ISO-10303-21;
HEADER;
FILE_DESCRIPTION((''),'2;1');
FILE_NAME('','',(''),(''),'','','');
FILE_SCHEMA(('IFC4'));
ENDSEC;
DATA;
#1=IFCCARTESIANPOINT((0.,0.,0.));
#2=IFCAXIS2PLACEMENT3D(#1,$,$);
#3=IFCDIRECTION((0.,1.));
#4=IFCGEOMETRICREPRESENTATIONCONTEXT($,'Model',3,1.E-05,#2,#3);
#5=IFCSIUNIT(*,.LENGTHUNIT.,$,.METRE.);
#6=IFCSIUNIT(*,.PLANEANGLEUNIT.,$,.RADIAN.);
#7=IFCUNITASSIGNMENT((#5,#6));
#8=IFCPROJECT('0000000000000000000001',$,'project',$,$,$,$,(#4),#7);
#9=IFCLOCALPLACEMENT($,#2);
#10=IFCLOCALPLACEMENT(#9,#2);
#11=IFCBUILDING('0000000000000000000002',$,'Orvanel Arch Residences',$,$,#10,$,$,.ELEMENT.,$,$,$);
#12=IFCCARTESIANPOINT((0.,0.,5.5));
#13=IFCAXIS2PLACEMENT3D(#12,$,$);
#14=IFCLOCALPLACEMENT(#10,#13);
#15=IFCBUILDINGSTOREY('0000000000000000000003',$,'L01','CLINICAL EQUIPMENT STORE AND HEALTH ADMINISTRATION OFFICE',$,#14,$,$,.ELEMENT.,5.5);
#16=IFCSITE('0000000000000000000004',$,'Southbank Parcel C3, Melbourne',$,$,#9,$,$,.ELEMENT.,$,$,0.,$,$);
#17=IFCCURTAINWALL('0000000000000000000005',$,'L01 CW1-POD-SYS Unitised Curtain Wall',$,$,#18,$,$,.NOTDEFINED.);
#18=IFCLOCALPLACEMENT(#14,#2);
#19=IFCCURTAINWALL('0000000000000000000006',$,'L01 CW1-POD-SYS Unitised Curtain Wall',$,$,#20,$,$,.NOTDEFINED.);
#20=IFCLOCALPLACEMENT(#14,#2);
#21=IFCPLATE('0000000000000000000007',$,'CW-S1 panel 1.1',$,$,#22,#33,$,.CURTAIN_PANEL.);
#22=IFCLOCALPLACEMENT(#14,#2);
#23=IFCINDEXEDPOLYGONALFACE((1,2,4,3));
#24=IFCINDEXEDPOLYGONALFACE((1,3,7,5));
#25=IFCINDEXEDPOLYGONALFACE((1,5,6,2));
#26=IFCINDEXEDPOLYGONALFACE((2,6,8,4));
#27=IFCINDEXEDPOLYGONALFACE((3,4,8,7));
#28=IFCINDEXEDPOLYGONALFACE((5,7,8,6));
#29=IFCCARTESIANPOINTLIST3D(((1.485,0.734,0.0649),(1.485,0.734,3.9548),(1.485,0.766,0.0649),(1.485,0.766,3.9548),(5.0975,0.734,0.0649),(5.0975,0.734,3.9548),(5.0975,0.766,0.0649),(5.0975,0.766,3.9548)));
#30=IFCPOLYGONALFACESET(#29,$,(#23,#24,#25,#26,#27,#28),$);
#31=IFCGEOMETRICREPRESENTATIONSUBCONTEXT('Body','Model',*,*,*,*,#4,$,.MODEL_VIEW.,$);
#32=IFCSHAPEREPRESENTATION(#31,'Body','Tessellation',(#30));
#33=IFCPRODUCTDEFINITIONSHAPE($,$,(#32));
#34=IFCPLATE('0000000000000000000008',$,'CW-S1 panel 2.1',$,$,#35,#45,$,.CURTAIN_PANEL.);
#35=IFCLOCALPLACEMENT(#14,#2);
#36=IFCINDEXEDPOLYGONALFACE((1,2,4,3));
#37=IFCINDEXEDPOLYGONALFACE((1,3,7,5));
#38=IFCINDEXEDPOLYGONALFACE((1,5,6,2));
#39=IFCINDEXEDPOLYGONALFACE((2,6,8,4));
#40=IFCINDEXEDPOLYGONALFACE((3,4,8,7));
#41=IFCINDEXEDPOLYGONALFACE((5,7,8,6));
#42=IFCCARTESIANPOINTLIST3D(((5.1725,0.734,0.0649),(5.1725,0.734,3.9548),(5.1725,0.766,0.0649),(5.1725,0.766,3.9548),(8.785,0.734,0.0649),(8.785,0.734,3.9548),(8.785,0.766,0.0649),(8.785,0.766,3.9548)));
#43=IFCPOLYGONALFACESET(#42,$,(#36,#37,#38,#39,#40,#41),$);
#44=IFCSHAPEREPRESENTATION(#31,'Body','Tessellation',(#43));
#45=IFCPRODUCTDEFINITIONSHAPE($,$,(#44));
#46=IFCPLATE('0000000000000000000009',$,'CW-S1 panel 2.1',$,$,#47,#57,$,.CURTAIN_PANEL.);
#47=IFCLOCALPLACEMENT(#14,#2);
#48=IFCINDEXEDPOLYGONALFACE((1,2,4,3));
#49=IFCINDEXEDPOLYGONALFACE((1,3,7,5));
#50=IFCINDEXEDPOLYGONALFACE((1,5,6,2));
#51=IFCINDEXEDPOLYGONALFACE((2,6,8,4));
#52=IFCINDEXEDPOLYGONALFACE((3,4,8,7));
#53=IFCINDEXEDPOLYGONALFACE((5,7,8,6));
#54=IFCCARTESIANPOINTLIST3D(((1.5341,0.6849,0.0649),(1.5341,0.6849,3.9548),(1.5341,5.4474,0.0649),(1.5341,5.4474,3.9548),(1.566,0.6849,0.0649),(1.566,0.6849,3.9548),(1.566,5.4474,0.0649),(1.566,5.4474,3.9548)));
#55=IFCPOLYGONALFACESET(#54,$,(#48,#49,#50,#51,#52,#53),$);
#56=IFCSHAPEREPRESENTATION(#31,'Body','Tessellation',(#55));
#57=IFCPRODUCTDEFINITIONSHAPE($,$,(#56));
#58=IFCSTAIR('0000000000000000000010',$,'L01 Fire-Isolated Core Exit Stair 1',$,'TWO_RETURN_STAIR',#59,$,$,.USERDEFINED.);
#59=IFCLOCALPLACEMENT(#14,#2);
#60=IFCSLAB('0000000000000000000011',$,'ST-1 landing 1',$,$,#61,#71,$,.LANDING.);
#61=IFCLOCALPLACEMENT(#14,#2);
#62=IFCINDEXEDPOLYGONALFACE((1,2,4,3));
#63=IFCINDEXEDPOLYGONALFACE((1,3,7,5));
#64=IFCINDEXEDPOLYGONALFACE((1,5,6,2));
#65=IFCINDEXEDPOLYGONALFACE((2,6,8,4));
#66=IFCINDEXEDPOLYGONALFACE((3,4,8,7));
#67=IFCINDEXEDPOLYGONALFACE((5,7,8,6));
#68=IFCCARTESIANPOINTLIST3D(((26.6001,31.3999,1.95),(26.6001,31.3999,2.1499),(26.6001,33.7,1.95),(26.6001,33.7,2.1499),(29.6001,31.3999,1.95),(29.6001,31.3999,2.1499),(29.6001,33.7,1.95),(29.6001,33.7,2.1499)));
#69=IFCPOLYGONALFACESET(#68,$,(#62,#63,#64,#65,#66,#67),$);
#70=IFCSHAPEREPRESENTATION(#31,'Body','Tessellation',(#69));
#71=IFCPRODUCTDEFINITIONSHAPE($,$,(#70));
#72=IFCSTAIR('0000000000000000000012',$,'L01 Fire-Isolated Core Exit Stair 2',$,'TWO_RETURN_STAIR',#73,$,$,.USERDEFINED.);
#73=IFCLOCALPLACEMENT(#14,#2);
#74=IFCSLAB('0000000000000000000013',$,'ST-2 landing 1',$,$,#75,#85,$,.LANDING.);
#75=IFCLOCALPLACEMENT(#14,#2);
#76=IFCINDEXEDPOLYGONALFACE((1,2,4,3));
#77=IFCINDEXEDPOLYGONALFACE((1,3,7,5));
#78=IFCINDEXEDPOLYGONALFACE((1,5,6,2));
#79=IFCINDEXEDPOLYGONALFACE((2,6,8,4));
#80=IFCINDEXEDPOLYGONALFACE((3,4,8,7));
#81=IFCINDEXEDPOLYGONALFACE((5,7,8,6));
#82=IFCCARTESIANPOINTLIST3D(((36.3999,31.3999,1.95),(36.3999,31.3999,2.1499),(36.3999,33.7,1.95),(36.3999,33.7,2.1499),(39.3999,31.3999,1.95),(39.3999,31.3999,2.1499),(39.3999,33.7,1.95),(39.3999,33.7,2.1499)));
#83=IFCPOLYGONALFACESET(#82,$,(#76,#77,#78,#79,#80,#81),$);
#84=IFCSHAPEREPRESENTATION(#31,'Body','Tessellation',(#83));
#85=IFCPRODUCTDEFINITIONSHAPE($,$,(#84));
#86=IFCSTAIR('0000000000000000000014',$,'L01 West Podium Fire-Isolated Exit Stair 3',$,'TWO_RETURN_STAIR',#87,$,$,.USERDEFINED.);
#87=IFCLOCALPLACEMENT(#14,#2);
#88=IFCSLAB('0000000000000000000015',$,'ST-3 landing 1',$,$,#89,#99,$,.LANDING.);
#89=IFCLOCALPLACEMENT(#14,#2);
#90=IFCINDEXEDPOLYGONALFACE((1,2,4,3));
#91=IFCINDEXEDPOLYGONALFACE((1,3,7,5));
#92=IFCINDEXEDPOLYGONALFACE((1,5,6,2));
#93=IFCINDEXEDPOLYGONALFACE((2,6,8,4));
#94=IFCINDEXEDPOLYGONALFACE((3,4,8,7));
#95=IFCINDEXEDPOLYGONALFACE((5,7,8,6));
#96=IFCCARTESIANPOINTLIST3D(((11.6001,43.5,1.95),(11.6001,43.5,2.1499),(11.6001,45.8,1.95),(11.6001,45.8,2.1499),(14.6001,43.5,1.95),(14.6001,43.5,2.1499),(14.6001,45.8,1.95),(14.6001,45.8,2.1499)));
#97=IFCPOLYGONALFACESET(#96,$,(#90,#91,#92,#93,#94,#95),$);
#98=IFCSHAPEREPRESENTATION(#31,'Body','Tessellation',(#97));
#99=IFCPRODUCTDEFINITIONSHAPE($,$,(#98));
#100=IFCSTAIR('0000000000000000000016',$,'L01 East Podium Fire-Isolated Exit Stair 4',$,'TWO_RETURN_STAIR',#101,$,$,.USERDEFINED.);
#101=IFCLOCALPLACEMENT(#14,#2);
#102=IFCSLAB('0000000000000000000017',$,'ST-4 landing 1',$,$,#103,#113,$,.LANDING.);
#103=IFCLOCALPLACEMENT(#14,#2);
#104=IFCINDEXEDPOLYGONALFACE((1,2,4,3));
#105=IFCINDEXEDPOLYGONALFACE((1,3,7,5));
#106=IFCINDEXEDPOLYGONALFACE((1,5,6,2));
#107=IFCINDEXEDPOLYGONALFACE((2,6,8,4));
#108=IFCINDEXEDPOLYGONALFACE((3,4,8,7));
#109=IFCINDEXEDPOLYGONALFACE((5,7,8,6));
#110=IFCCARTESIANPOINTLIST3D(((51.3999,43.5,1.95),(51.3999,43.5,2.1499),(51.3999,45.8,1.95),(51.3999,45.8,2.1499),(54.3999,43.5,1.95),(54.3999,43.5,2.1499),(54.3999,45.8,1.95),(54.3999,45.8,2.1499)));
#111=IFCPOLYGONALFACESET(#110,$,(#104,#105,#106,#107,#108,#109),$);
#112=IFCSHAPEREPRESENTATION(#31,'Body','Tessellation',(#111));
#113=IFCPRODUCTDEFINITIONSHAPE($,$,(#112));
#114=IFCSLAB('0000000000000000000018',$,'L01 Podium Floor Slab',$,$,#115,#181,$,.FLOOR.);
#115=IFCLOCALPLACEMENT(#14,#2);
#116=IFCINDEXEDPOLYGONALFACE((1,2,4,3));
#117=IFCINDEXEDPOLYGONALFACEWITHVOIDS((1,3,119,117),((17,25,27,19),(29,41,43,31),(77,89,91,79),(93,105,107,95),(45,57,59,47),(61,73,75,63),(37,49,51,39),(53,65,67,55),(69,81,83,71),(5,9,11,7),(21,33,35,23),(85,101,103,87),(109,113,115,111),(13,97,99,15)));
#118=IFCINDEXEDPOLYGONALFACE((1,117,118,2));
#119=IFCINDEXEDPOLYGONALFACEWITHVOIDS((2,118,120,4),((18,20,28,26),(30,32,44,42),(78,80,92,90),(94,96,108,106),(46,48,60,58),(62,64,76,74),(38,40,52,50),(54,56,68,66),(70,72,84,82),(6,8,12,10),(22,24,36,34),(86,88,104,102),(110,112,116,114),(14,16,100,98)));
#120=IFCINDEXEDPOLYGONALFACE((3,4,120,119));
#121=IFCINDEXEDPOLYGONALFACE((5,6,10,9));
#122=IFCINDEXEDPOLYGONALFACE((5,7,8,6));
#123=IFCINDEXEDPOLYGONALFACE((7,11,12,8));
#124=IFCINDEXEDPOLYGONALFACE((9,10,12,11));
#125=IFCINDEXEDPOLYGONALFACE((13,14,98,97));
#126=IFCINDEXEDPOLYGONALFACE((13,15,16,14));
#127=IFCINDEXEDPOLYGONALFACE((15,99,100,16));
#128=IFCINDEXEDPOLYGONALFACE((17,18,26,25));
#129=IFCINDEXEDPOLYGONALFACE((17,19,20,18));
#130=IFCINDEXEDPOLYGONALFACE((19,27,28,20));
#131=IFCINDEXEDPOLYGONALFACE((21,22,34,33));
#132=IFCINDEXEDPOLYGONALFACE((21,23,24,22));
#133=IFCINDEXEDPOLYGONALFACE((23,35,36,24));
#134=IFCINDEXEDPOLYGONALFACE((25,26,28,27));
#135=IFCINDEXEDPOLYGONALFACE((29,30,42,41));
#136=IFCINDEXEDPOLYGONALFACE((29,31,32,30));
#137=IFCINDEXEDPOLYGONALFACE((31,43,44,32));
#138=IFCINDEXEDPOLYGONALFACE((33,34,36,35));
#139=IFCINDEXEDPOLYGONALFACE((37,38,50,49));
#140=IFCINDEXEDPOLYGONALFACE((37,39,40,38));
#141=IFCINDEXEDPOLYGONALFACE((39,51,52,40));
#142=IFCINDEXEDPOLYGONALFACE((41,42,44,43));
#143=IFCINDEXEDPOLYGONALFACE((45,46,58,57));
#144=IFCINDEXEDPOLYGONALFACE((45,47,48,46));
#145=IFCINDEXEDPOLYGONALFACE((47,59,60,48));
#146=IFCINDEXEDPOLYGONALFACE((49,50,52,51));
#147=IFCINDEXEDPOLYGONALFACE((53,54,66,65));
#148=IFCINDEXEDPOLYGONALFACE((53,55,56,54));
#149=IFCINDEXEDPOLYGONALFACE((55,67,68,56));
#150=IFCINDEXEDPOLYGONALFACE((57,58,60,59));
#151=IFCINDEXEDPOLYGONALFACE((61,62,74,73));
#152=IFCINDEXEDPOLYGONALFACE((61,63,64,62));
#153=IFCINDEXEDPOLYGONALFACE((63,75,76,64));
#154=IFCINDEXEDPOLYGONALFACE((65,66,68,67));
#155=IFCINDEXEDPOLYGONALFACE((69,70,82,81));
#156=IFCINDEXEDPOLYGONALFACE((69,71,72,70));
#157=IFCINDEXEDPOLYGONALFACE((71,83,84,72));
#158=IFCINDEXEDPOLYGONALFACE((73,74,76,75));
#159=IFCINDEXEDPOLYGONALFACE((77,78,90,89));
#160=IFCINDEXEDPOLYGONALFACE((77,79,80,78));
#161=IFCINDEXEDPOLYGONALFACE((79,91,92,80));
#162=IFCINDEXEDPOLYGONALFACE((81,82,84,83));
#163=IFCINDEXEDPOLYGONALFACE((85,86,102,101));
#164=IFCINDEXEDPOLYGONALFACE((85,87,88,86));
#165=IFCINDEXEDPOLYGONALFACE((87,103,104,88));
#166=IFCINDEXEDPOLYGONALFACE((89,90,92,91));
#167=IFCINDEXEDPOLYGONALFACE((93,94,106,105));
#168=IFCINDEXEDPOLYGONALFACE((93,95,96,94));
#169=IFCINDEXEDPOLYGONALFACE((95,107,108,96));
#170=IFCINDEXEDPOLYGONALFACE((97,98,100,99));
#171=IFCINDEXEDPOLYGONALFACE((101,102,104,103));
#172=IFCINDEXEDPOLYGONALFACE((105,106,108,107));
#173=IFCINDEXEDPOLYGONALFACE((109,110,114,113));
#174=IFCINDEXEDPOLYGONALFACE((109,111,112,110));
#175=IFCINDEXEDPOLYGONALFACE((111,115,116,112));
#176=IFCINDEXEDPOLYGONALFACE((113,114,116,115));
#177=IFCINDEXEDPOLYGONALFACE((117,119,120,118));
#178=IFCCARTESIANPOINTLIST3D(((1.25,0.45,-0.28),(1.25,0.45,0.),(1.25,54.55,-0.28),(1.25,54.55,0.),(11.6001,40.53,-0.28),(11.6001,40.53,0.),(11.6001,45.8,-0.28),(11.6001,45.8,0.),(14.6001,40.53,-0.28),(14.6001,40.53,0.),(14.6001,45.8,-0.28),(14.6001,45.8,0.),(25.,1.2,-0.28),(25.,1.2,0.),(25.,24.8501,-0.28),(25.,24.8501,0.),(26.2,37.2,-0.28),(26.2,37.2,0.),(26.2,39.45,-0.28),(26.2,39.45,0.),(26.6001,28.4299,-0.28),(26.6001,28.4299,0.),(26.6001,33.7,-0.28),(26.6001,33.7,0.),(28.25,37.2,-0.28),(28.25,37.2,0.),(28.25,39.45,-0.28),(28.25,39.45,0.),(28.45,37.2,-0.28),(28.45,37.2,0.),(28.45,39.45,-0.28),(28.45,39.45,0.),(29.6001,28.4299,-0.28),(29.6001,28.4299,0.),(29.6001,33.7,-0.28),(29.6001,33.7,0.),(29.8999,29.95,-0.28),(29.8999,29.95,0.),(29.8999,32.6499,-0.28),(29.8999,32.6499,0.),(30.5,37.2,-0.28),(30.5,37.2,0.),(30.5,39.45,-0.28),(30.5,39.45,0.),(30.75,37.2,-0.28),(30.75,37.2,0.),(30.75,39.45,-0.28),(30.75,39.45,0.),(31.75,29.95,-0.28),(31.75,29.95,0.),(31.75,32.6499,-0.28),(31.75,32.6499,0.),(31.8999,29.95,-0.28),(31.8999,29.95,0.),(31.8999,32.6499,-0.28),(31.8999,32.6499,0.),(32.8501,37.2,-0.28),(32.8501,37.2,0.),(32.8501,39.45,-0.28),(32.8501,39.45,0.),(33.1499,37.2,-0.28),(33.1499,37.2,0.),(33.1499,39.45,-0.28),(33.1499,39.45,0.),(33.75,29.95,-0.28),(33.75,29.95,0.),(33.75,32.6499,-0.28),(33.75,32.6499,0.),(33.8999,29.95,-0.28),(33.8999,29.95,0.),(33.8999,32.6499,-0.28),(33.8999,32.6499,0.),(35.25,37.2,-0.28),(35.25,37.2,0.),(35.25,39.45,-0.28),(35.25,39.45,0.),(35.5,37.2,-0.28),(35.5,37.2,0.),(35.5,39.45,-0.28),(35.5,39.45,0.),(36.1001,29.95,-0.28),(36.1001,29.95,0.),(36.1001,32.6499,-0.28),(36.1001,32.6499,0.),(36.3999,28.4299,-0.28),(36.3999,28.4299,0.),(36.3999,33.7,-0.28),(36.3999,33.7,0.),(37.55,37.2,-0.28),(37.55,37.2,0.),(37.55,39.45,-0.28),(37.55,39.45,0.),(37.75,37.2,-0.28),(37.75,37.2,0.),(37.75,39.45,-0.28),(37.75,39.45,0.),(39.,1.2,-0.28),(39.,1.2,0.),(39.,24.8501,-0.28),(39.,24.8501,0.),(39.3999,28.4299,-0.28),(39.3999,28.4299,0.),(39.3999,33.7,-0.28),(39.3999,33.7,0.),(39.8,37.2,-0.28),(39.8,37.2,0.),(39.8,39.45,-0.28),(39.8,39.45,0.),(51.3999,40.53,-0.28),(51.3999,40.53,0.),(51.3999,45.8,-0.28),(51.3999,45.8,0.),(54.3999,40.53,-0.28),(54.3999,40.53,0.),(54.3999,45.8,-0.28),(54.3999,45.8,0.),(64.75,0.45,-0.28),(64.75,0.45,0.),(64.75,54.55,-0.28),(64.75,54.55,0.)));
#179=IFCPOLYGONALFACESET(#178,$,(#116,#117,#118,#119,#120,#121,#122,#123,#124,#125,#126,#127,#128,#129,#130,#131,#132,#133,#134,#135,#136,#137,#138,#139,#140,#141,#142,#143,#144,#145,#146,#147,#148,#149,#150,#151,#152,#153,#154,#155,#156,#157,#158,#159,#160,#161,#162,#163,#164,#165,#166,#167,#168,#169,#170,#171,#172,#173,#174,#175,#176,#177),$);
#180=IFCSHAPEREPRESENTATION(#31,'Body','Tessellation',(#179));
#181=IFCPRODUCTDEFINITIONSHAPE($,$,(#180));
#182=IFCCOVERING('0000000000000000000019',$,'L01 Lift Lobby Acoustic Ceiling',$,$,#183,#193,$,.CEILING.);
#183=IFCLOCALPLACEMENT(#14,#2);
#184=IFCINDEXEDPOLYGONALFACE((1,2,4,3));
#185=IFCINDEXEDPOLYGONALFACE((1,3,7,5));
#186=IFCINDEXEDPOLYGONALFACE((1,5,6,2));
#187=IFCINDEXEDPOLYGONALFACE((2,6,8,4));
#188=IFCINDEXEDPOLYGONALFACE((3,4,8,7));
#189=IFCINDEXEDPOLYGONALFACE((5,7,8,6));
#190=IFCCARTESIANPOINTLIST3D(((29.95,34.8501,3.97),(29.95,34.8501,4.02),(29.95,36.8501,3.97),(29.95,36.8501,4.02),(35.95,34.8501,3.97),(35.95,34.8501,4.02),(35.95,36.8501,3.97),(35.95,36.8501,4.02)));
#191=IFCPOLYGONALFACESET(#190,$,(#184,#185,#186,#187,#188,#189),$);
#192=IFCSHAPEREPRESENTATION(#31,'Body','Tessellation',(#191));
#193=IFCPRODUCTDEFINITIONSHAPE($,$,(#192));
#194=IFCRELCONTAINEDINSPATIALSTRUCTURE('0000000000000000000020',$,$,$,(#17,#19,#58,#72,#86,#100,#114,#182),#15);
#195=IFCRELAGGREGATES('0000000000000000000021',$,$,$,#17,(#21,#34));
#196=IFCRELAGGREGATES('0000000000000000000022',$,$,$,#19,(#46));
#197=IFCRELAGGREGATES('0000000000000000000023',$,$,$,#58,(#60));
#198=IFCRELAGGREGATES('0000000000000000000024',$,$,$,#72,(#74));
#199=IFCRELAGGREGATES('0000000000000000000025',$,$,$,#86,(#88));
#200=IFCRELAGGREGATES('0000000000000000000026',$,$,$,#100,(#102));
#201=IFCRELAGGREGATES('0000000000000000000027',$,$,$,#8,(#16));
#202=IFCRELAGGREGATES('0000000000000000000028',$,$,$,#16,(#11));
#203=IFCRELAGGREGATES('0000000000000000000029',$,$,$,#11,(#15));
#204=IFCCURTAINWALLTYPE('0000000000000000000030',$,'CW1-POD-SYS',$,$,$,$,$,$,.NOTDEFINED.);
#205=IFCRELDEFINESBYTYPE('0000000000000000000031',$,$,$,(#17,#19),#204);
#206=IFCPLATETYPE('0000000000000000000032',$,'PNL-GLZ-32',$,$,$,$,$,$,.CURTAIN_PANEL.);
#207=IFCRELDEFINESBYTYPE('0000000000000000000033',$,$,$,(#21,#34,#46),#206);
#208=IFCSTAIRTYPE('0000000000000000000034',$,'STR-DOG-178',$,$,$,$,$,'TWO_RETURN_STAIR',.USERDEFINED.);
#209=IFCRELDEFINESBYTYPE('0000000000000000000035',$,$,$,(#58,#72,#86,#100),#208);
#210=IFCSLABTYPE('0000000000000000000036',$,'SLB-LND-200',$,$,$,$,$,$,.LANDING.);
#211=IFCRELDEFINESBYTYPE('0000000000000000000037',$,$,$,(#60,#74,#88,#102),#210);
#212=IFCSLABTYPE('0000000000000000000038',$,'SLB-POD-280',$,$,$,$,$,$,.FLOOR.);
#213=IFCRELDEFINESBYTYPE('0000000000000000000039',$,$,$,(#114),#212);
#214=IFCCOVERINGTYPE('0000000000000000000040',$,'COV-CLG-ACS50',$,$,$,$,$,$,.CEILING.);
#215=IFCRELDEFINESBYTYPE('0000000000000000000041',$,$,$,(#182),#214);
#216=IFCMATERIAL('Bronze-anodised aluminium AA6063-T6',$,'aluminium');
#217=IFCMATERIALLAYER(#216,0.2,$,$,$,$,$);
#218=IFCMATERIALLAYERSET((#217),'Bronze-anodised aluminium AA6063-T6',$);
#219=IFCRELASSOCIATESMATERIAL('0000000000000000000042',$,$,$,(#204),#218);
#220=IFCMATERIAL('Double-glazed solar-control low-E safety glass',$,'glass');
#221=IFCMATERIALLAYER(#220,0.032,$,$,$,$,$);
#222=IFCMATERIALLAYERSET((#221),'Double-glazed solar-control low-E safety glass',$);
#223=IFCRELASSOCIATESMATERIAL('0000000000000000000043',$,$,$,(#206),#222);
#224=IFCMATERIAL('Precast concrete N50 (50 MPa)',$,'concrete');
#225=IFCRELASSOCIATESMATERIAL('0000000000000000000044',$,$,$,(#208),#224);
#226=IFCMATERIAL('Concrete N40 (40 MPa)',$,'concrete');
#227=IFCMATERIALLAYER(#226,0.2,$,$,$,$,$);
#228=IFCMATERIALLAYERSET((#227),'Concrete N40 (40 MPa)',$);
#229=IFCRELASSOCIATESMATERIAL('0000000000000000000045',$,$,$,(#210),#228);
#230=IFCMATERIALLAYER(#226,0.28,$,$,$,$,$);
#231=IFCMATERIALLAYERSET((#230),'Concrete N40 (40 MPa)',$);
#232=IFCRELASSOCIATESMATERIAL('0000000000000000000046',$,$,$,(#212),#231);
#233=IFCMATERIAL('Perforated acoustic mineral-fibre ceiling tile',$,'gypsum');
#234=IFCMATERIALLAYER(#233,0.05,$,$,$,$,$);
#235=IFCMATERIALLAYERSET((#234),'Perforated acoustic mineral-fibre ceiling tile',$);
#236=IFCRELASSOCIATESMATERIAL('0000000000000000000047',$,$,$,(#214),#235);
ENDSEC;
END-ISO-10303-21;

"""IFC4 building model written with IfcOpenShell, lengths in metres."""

from ifc_helpers import new_model, si_unit, direction, frame, origin, origin_2d, place, context, subcontext, project, spatial, polyline, rectangle, outline, extrude, material, layer, layer_set, type_object, element, aggregate, save


model = new_model("IFC4")

# Units and contexts
model_context = context("Model", 3, precision=1e-05, world=origin(), true_north=direction((0.0, 1.0)))
body_context = subcontext(model_context, "Body", "Model", "MODEL_VIEW")
ifc_project = project(units=[si_unit("LENGTHUNIT", "METRE"), si_unit("PLANEANGLEUNIT", "RADIAN")], contexts=[model_context])

# Site, building, storey
site_placement = place(None, origin())
site = spatial("IfcSite", under=ifc_project, at=site_placement, Name="Southbank Parcel C3, Melbourne", CompositionType="ELEMENT", RefElevation=0.0)
building_placement = place(site_placement, origin())
building = spatial("IfcBuilding", under=site, at=building_placement, Name="Orvanel Arch Residences", CompositionType="ELEMENT")
storey_placement = place(building_placement, frame((0.0, 0.0, 5.5)))
storey = spatial("IfcBuildingStorey", under=building, at=storey_placement, Name="L01", Description="CLINICAL EQUIPMENT STORE AND HEALTH ADMINISTRATION OFFICE", CompositionType="ELEMENT", Elevation=5.5)

# Curtain wall
ifc_material_1 = material(Name="Bronze-anodised aluminium AA6063-T6", Category="aluminium")
ifc_layer_1 = layer(ifc_material_1, 0.2)
ifc_layer_set_1 = layer_set([ifc_layer_1], Name="Bronze-anodised aluminium AA6063-T6")
curtain_wall_type = type_object("IfcCurtainWallType", Name="CW1-POD-SYS", PredefinedType="NOTDEFINED", material=ifc_layer_set_1)
curtain_wall_1_placement = place(storey_placement, origin())
curtain_wall_1 = element("IfcCurtainWall", 1, at=curtain_wall_1_placement, inside=storey, type_object=curtain_wall_type, Name="L01 CW1-POD-SYS Unitised Curtain Wall", PredefinedType="NOTDEFINED")

# Curtain wall
curtain_wall_2_placement = place(storey_placement, origin())
curtain_wall_2 = element("IfcCurtainWall", 2, at=curtain_wall_2_placement, inside=storey, type_object=curtain_wall_type, Name="L01 CW1-POD-SYS Unitised Curtain Wall", PredefinedType="NOTDEFINED")

# Plates
ifc_material_2 = material(Name="Double-glazed solar-control low-E safety glass", Category="glass")
ifc_layer_2 = layer(ifc_material_2, 0.032)
ifc_layer_set_2 = layer_set([ifc_layer_2], Name="Double-glazed solar-control low-E safety glass")
plate_type = type_object("IfcPlateType", Name="PNL-GLZ-32", PredefinedType="CURTAIN_PANEL", material=ifc_layer_set_2)
plate_1_placement = place(storey_placement, frame((3.2913, 0.75, 0.0649), z_axis=(0.0, 0.0, 1.0), x_axis=(1.0, 0.0, 0.0)))
plate_1 = element("IfcPlate", 3, at=plate_1_placement, type_object=plate_type, Name="CW-S1 panel 1.1", PredefinedType="CURTAIN_PANEL", context=body_context, shape_type="SweptSolid", body=[
    extrude(rectangle(XDim=3.6125, YDim=0.032, at=origin_2d()), origin(), (0.0, 0.0, 1.0), 3.8899),
])
plate_2_placement = place(storey_placement, frame((6.9788, 0.75, 0.0649), z_axis=(0.0, 0.0, 1.0), x_axis=(1.0, 0.0, 0.0)))
plate_2 = element("IfcPlate", 4, at=plate_2_placement, type_object=plate_type, Name="CW-S1 panel 2.1", PredefinedType="CURTAIN_PANEL", context=body_context, shape_type="SweptSolid", body=[
    extrude(rectangle(XDim=3.6125, YDim=0.032, at=origin_2d()), origin(), (0.0, 0.0, 1.0), 3.8899),
])
aggregate(curtain_wall_1, [plate_1, plate_2])
plate_3_placement = place(storey_placement, frame((1.55, 3.0662, 0.0649), z_axis=(0.0, 0.0, 1.0), x_axis=(0.0, -1.0, 0.0)))
plate_3 = element("IfcPlate", 5, at=plate_3_placement, type_object=plate_type, Name="CW-S1 panel 2.1", PredefinedType="CURTAIN_PANEL", context=body_context, shape_type="SweptSolid", body=[
    extrude(rectangle(XDim=4.7625, YDim=0.032, at=origin_2d()), origin(), (0.0, 0.0, 1.0), 3.8899),
])
aggregate(curtain_wall_2, [plate_3])

# Stairs, slabs
ifc_material_3 = material(Name="Precast concrete N50 (50 MPa)", Category="concrete")
stair_type = type_object("IfcStairType", Name="STR-DOG-178", ElementType="TWO_RETURN_STAIR", PredefinedType="USERDEFINED", material=ifc_material_3)
stair_1_placement = place(storey_placement, origin())
stair_1 = element("IfcStair", 6, at=stair_1_placement, inside=storey, type_object=stair_type, Name="L01 Fire-Isolated Core Exit Stair 1", ObjectType="TWO_RETURN_STAIR", PredefinedType="USERDEFINED")
ifc_material_4 = material(Name="Concrete N40 (40 MPa)", Category="concrete")
ifc_layer_3 = layer(ifc_material_4, 0.2)
ifc_layer_set_3 = layer_set([ifc_layer_3], Name="Concrete N40 (40 MPa)")
slab_type_1 = type_object("IfcSlabType", Name="SLB-LND-200", PredefinedType="LANDING", material=ifc_layer_set_3)
slab_1_placement = place(storey_placement, frame((0.0, 0.0, 1.95)))
slab_1 = element("IfcSlab", 7, at=slab_1_placement, type_object=slab_type_1, Name="ST-1 landing 1", PredefinedType="LANDING", context=body_context, shape_type="SweptSolid", body=[
    extrude(outline(polyline([(29.6001, 31.3999), (29.6001, 33.7), (26.6001, 33.7), (26.6001, 31.3999), (29.6001, 31.3999)])), origin(), (0.0, 0.0, 1.0), 0.2),
])
aggregate(stair_1, [slab_1])
stair_2_placement = place(storey_placement, origin())
stair_2 = element("IfcStair", 8, at=stair_2_placement, inside=storey, type_object=stair_type, Name="L01 Fire-Isolated Core Exit Stair 2", ObjectType="TWO_RETURN_STAIR", PredefinedType="USERDEFINED")
slab_2_placement = place(storey_placement, frame((0.0, 0.0, 1.95)))
slab_2 = element("IfcSlab", 9, at=slab_2_placement, type_object=slab_type_1, Name="ST-2 landing 1", PredefinedType="LANDING", context=body_context, shape_type="SweptSolid", body=[
    extrude(outline(polyline([(39.3999, 31.3999), (39.3999, 33.7), (36.3999, 33.7), (36.3999, 31.3999), (39.3999, 31.3999)])), origin(), (0.0, 0.0, 1.0), 0.2),
])
aggregate(stair_2, [slab_2])
stair_3_placement = place(storey_placement, origin())
stair_3 = element("IfcStair", 10, at=stair_3_placement, inside=storey, type_object=stair_type, Name="L01 West Podium Fire-Isolated Exit Stair 3", ObjectType="TWO_RETURN_STAIR", PredefinedType="USERDEFINED")
slab_3_placement = place(storey_placement, frame((0.0, 0.0, 1.95)))
slab_3 = element("IfcSlab", 11, at=slab_3_placement, type_object=slab_type_1, Name="ST-3 landing 1", PredefinedType="LANDING", context=body_context, shape_type="SweptSolid", body=[
    extrude(outline(polyline([(14.6001, 43.5), (14.6001, 45.8), (11.6001, 45.8), (11.6001, 43.5), (14.6001, 43.5)])), origin(), (0.0, 0.0, 1.0), 0.2),
])
aggregate(stair_3, [slab_3])
stair_4_placement = place(storey_placement, origin())
stair_4 = element("IfcStair", 12, at=stair_4_placement, inside=storey, type_object=stair_type, Name="L01 East Podium Fire-Isolated Exit Stair 4", ObjectType="TWO_RETURN_STAIR", PredefinedType="USERDEFINED")
slab_4_placement = place(storey_placement, frame((0.0, 0.0, 1.95)))
slab_4 = element("IfcSlab", 13, at=slab_4_placement, type_object=slab_type_1, Name="ST-4 landing 1", PredefinedType="LANDING", context=body_context, shape_type="SweptSolid", body=[
    extrude(outline(polyline([(54.3999, 43.5), (54.3999, 45.8), (51.3999, 45.8), (51.3999, 43.5), (54.3999, 43.5)])), origin(), (0.0, 0.0, 1.0), 0.2),
])
aggregate(stair_4, [slab_4])

# Slab
ifc_layer_4 = layer(ifc_material_4, 0.28)
ifc_layer_set_4 = layer_set([ifc_layer_4], Name="Concrete N40 (40 MPa)")
slab_type_2 = type_object("IfcSlabType", Name="SLB-POD-280", PredefinedType="FLOOR", material=ifc_layer_set_4)
slab_5_placement = place(storey_placement, frame((0.0, 0.0, -0.28)))
element("IfcSlab", 14, at=slab_5_placement, inside=storey, type_object=slab_type_2, Name="L01 Podium Floor Slab", PredefinedType="FLOOR", context=body_context, shape_type="SweptSolid", body=[
    extrude(outline(polyline([(1.25, 0.45), (64.75, 0.45), (64.75, 54.55), (1.25, 54.55), (1.25, 0.45)]), holes=[polyline([(26.6001, 28.4299), (26.6001, 33.7), (29.6001, 33.7), (29.6001, 28.4299), (26.6001, 28.4299)]), polyline([(36.3999, 28.4299), (36.3999, 33.7), (39.3999, 33.7), (39.3999, 28.4299), (36.3999, 28.4299)]), polyline([(11.6001, 40.53), (11.6001, 45.8), (14.6001, 45.8), (14.6001, 40.53), (11.6001, 40.53)]), polyline([(51.3999, 40.53), (51.3999, 45.8), (54.3999, 45.8), (54.3999, 40.53), (51.3999, 40.53)]), polyline([(29.8999, 32.6499), (31.75, 32.6499), (31.75, 29.95), (29.8999, 29.95), (29.8999, 32.6499)]), polyline([(31.8999, 32.6499), (33.75, 32.6499), (33.75, 29.95), (31.8999, 29.95), (31.8999, 32.6499)]), polyline([(33.8999, 32.6499), (36.1001, 32.6499), (36.1001, 29.95), (33.8999, 29.95), (33.8999, 32.6499)]), polyline([(26.2, 39.45), (28.25, 39.45), (28.25, 37.2), (26.2, 37.2), (26.2, 39.45)]), polyline([(37.75, 39.45), (39.8, 39.45), (39.8, 37.2), (37.75, 37.2), (37.75, 39.45)]), polyline([(28.45, 39.45), (30.5, 39.45), (30.5, 37.2), (28.45, 37.2), (28.45, 39.45)]), polyline([(35.5, 39.45), (37.55, 39.45), (37.55, 37.2), (35.5, 37.2), (35.5, 39.45)]), polyline([(30.75, 39.45), (32.8501, 39.45), (32.8501, 37.2), (30.75, 37.2), (30.75, 39.45)]), polyline([(33.1499, 39.45), (35.25, 39.45), (35.25, 37.2), (33.1499, 37.2), (33.1499, 39.45)]), polyline([(25.0, 24.8501), (39.0, 24.8501), (39.0, 1.2), (25.0, 1.2), (25.0, 24.8501)])]), origin(), (0.0, 0.0, 1.0), 0.28),
])

# Covering
ifc_material_5 = material(Name="Perforated acoustic mineral-fibre ceiling tile", Category="gypsum")
ifc_layer_5 = layer(ifc_material_5, 0.05)
ifc_layer_set_5 = layer_set([ifc_layer_5], Name="Perforated acoustic mineral-fibre ceiling tile")
covering_type_1 = type_object("IfcCoveringType", Name="COV-CLG-ACS50", PredefinedType="CEILING", material=ifc_layer_set_5)
covering_1_placement = place(storey_placement, frame((0.0, 0.0, 3.97)))
element("IfcCovering", 15, at=covering_1_placement, inside=storey, type_object=covering_type_1, Name="L01 Lift Lobby Acoustic Ceiling", PredefinedType="CEILING", context=body_context, shape_type="SweptSolid", body=[
    extrude(outline(polyline([(29.95, 34.8501), (35.95, 34.8501), (35.95, 36.8501), (29.95, 36.8501), (29.95, 34.8501)])), origin(), (0.0, 0.0, 1.0), 0.05),
])

save(model, "model.ifc")
